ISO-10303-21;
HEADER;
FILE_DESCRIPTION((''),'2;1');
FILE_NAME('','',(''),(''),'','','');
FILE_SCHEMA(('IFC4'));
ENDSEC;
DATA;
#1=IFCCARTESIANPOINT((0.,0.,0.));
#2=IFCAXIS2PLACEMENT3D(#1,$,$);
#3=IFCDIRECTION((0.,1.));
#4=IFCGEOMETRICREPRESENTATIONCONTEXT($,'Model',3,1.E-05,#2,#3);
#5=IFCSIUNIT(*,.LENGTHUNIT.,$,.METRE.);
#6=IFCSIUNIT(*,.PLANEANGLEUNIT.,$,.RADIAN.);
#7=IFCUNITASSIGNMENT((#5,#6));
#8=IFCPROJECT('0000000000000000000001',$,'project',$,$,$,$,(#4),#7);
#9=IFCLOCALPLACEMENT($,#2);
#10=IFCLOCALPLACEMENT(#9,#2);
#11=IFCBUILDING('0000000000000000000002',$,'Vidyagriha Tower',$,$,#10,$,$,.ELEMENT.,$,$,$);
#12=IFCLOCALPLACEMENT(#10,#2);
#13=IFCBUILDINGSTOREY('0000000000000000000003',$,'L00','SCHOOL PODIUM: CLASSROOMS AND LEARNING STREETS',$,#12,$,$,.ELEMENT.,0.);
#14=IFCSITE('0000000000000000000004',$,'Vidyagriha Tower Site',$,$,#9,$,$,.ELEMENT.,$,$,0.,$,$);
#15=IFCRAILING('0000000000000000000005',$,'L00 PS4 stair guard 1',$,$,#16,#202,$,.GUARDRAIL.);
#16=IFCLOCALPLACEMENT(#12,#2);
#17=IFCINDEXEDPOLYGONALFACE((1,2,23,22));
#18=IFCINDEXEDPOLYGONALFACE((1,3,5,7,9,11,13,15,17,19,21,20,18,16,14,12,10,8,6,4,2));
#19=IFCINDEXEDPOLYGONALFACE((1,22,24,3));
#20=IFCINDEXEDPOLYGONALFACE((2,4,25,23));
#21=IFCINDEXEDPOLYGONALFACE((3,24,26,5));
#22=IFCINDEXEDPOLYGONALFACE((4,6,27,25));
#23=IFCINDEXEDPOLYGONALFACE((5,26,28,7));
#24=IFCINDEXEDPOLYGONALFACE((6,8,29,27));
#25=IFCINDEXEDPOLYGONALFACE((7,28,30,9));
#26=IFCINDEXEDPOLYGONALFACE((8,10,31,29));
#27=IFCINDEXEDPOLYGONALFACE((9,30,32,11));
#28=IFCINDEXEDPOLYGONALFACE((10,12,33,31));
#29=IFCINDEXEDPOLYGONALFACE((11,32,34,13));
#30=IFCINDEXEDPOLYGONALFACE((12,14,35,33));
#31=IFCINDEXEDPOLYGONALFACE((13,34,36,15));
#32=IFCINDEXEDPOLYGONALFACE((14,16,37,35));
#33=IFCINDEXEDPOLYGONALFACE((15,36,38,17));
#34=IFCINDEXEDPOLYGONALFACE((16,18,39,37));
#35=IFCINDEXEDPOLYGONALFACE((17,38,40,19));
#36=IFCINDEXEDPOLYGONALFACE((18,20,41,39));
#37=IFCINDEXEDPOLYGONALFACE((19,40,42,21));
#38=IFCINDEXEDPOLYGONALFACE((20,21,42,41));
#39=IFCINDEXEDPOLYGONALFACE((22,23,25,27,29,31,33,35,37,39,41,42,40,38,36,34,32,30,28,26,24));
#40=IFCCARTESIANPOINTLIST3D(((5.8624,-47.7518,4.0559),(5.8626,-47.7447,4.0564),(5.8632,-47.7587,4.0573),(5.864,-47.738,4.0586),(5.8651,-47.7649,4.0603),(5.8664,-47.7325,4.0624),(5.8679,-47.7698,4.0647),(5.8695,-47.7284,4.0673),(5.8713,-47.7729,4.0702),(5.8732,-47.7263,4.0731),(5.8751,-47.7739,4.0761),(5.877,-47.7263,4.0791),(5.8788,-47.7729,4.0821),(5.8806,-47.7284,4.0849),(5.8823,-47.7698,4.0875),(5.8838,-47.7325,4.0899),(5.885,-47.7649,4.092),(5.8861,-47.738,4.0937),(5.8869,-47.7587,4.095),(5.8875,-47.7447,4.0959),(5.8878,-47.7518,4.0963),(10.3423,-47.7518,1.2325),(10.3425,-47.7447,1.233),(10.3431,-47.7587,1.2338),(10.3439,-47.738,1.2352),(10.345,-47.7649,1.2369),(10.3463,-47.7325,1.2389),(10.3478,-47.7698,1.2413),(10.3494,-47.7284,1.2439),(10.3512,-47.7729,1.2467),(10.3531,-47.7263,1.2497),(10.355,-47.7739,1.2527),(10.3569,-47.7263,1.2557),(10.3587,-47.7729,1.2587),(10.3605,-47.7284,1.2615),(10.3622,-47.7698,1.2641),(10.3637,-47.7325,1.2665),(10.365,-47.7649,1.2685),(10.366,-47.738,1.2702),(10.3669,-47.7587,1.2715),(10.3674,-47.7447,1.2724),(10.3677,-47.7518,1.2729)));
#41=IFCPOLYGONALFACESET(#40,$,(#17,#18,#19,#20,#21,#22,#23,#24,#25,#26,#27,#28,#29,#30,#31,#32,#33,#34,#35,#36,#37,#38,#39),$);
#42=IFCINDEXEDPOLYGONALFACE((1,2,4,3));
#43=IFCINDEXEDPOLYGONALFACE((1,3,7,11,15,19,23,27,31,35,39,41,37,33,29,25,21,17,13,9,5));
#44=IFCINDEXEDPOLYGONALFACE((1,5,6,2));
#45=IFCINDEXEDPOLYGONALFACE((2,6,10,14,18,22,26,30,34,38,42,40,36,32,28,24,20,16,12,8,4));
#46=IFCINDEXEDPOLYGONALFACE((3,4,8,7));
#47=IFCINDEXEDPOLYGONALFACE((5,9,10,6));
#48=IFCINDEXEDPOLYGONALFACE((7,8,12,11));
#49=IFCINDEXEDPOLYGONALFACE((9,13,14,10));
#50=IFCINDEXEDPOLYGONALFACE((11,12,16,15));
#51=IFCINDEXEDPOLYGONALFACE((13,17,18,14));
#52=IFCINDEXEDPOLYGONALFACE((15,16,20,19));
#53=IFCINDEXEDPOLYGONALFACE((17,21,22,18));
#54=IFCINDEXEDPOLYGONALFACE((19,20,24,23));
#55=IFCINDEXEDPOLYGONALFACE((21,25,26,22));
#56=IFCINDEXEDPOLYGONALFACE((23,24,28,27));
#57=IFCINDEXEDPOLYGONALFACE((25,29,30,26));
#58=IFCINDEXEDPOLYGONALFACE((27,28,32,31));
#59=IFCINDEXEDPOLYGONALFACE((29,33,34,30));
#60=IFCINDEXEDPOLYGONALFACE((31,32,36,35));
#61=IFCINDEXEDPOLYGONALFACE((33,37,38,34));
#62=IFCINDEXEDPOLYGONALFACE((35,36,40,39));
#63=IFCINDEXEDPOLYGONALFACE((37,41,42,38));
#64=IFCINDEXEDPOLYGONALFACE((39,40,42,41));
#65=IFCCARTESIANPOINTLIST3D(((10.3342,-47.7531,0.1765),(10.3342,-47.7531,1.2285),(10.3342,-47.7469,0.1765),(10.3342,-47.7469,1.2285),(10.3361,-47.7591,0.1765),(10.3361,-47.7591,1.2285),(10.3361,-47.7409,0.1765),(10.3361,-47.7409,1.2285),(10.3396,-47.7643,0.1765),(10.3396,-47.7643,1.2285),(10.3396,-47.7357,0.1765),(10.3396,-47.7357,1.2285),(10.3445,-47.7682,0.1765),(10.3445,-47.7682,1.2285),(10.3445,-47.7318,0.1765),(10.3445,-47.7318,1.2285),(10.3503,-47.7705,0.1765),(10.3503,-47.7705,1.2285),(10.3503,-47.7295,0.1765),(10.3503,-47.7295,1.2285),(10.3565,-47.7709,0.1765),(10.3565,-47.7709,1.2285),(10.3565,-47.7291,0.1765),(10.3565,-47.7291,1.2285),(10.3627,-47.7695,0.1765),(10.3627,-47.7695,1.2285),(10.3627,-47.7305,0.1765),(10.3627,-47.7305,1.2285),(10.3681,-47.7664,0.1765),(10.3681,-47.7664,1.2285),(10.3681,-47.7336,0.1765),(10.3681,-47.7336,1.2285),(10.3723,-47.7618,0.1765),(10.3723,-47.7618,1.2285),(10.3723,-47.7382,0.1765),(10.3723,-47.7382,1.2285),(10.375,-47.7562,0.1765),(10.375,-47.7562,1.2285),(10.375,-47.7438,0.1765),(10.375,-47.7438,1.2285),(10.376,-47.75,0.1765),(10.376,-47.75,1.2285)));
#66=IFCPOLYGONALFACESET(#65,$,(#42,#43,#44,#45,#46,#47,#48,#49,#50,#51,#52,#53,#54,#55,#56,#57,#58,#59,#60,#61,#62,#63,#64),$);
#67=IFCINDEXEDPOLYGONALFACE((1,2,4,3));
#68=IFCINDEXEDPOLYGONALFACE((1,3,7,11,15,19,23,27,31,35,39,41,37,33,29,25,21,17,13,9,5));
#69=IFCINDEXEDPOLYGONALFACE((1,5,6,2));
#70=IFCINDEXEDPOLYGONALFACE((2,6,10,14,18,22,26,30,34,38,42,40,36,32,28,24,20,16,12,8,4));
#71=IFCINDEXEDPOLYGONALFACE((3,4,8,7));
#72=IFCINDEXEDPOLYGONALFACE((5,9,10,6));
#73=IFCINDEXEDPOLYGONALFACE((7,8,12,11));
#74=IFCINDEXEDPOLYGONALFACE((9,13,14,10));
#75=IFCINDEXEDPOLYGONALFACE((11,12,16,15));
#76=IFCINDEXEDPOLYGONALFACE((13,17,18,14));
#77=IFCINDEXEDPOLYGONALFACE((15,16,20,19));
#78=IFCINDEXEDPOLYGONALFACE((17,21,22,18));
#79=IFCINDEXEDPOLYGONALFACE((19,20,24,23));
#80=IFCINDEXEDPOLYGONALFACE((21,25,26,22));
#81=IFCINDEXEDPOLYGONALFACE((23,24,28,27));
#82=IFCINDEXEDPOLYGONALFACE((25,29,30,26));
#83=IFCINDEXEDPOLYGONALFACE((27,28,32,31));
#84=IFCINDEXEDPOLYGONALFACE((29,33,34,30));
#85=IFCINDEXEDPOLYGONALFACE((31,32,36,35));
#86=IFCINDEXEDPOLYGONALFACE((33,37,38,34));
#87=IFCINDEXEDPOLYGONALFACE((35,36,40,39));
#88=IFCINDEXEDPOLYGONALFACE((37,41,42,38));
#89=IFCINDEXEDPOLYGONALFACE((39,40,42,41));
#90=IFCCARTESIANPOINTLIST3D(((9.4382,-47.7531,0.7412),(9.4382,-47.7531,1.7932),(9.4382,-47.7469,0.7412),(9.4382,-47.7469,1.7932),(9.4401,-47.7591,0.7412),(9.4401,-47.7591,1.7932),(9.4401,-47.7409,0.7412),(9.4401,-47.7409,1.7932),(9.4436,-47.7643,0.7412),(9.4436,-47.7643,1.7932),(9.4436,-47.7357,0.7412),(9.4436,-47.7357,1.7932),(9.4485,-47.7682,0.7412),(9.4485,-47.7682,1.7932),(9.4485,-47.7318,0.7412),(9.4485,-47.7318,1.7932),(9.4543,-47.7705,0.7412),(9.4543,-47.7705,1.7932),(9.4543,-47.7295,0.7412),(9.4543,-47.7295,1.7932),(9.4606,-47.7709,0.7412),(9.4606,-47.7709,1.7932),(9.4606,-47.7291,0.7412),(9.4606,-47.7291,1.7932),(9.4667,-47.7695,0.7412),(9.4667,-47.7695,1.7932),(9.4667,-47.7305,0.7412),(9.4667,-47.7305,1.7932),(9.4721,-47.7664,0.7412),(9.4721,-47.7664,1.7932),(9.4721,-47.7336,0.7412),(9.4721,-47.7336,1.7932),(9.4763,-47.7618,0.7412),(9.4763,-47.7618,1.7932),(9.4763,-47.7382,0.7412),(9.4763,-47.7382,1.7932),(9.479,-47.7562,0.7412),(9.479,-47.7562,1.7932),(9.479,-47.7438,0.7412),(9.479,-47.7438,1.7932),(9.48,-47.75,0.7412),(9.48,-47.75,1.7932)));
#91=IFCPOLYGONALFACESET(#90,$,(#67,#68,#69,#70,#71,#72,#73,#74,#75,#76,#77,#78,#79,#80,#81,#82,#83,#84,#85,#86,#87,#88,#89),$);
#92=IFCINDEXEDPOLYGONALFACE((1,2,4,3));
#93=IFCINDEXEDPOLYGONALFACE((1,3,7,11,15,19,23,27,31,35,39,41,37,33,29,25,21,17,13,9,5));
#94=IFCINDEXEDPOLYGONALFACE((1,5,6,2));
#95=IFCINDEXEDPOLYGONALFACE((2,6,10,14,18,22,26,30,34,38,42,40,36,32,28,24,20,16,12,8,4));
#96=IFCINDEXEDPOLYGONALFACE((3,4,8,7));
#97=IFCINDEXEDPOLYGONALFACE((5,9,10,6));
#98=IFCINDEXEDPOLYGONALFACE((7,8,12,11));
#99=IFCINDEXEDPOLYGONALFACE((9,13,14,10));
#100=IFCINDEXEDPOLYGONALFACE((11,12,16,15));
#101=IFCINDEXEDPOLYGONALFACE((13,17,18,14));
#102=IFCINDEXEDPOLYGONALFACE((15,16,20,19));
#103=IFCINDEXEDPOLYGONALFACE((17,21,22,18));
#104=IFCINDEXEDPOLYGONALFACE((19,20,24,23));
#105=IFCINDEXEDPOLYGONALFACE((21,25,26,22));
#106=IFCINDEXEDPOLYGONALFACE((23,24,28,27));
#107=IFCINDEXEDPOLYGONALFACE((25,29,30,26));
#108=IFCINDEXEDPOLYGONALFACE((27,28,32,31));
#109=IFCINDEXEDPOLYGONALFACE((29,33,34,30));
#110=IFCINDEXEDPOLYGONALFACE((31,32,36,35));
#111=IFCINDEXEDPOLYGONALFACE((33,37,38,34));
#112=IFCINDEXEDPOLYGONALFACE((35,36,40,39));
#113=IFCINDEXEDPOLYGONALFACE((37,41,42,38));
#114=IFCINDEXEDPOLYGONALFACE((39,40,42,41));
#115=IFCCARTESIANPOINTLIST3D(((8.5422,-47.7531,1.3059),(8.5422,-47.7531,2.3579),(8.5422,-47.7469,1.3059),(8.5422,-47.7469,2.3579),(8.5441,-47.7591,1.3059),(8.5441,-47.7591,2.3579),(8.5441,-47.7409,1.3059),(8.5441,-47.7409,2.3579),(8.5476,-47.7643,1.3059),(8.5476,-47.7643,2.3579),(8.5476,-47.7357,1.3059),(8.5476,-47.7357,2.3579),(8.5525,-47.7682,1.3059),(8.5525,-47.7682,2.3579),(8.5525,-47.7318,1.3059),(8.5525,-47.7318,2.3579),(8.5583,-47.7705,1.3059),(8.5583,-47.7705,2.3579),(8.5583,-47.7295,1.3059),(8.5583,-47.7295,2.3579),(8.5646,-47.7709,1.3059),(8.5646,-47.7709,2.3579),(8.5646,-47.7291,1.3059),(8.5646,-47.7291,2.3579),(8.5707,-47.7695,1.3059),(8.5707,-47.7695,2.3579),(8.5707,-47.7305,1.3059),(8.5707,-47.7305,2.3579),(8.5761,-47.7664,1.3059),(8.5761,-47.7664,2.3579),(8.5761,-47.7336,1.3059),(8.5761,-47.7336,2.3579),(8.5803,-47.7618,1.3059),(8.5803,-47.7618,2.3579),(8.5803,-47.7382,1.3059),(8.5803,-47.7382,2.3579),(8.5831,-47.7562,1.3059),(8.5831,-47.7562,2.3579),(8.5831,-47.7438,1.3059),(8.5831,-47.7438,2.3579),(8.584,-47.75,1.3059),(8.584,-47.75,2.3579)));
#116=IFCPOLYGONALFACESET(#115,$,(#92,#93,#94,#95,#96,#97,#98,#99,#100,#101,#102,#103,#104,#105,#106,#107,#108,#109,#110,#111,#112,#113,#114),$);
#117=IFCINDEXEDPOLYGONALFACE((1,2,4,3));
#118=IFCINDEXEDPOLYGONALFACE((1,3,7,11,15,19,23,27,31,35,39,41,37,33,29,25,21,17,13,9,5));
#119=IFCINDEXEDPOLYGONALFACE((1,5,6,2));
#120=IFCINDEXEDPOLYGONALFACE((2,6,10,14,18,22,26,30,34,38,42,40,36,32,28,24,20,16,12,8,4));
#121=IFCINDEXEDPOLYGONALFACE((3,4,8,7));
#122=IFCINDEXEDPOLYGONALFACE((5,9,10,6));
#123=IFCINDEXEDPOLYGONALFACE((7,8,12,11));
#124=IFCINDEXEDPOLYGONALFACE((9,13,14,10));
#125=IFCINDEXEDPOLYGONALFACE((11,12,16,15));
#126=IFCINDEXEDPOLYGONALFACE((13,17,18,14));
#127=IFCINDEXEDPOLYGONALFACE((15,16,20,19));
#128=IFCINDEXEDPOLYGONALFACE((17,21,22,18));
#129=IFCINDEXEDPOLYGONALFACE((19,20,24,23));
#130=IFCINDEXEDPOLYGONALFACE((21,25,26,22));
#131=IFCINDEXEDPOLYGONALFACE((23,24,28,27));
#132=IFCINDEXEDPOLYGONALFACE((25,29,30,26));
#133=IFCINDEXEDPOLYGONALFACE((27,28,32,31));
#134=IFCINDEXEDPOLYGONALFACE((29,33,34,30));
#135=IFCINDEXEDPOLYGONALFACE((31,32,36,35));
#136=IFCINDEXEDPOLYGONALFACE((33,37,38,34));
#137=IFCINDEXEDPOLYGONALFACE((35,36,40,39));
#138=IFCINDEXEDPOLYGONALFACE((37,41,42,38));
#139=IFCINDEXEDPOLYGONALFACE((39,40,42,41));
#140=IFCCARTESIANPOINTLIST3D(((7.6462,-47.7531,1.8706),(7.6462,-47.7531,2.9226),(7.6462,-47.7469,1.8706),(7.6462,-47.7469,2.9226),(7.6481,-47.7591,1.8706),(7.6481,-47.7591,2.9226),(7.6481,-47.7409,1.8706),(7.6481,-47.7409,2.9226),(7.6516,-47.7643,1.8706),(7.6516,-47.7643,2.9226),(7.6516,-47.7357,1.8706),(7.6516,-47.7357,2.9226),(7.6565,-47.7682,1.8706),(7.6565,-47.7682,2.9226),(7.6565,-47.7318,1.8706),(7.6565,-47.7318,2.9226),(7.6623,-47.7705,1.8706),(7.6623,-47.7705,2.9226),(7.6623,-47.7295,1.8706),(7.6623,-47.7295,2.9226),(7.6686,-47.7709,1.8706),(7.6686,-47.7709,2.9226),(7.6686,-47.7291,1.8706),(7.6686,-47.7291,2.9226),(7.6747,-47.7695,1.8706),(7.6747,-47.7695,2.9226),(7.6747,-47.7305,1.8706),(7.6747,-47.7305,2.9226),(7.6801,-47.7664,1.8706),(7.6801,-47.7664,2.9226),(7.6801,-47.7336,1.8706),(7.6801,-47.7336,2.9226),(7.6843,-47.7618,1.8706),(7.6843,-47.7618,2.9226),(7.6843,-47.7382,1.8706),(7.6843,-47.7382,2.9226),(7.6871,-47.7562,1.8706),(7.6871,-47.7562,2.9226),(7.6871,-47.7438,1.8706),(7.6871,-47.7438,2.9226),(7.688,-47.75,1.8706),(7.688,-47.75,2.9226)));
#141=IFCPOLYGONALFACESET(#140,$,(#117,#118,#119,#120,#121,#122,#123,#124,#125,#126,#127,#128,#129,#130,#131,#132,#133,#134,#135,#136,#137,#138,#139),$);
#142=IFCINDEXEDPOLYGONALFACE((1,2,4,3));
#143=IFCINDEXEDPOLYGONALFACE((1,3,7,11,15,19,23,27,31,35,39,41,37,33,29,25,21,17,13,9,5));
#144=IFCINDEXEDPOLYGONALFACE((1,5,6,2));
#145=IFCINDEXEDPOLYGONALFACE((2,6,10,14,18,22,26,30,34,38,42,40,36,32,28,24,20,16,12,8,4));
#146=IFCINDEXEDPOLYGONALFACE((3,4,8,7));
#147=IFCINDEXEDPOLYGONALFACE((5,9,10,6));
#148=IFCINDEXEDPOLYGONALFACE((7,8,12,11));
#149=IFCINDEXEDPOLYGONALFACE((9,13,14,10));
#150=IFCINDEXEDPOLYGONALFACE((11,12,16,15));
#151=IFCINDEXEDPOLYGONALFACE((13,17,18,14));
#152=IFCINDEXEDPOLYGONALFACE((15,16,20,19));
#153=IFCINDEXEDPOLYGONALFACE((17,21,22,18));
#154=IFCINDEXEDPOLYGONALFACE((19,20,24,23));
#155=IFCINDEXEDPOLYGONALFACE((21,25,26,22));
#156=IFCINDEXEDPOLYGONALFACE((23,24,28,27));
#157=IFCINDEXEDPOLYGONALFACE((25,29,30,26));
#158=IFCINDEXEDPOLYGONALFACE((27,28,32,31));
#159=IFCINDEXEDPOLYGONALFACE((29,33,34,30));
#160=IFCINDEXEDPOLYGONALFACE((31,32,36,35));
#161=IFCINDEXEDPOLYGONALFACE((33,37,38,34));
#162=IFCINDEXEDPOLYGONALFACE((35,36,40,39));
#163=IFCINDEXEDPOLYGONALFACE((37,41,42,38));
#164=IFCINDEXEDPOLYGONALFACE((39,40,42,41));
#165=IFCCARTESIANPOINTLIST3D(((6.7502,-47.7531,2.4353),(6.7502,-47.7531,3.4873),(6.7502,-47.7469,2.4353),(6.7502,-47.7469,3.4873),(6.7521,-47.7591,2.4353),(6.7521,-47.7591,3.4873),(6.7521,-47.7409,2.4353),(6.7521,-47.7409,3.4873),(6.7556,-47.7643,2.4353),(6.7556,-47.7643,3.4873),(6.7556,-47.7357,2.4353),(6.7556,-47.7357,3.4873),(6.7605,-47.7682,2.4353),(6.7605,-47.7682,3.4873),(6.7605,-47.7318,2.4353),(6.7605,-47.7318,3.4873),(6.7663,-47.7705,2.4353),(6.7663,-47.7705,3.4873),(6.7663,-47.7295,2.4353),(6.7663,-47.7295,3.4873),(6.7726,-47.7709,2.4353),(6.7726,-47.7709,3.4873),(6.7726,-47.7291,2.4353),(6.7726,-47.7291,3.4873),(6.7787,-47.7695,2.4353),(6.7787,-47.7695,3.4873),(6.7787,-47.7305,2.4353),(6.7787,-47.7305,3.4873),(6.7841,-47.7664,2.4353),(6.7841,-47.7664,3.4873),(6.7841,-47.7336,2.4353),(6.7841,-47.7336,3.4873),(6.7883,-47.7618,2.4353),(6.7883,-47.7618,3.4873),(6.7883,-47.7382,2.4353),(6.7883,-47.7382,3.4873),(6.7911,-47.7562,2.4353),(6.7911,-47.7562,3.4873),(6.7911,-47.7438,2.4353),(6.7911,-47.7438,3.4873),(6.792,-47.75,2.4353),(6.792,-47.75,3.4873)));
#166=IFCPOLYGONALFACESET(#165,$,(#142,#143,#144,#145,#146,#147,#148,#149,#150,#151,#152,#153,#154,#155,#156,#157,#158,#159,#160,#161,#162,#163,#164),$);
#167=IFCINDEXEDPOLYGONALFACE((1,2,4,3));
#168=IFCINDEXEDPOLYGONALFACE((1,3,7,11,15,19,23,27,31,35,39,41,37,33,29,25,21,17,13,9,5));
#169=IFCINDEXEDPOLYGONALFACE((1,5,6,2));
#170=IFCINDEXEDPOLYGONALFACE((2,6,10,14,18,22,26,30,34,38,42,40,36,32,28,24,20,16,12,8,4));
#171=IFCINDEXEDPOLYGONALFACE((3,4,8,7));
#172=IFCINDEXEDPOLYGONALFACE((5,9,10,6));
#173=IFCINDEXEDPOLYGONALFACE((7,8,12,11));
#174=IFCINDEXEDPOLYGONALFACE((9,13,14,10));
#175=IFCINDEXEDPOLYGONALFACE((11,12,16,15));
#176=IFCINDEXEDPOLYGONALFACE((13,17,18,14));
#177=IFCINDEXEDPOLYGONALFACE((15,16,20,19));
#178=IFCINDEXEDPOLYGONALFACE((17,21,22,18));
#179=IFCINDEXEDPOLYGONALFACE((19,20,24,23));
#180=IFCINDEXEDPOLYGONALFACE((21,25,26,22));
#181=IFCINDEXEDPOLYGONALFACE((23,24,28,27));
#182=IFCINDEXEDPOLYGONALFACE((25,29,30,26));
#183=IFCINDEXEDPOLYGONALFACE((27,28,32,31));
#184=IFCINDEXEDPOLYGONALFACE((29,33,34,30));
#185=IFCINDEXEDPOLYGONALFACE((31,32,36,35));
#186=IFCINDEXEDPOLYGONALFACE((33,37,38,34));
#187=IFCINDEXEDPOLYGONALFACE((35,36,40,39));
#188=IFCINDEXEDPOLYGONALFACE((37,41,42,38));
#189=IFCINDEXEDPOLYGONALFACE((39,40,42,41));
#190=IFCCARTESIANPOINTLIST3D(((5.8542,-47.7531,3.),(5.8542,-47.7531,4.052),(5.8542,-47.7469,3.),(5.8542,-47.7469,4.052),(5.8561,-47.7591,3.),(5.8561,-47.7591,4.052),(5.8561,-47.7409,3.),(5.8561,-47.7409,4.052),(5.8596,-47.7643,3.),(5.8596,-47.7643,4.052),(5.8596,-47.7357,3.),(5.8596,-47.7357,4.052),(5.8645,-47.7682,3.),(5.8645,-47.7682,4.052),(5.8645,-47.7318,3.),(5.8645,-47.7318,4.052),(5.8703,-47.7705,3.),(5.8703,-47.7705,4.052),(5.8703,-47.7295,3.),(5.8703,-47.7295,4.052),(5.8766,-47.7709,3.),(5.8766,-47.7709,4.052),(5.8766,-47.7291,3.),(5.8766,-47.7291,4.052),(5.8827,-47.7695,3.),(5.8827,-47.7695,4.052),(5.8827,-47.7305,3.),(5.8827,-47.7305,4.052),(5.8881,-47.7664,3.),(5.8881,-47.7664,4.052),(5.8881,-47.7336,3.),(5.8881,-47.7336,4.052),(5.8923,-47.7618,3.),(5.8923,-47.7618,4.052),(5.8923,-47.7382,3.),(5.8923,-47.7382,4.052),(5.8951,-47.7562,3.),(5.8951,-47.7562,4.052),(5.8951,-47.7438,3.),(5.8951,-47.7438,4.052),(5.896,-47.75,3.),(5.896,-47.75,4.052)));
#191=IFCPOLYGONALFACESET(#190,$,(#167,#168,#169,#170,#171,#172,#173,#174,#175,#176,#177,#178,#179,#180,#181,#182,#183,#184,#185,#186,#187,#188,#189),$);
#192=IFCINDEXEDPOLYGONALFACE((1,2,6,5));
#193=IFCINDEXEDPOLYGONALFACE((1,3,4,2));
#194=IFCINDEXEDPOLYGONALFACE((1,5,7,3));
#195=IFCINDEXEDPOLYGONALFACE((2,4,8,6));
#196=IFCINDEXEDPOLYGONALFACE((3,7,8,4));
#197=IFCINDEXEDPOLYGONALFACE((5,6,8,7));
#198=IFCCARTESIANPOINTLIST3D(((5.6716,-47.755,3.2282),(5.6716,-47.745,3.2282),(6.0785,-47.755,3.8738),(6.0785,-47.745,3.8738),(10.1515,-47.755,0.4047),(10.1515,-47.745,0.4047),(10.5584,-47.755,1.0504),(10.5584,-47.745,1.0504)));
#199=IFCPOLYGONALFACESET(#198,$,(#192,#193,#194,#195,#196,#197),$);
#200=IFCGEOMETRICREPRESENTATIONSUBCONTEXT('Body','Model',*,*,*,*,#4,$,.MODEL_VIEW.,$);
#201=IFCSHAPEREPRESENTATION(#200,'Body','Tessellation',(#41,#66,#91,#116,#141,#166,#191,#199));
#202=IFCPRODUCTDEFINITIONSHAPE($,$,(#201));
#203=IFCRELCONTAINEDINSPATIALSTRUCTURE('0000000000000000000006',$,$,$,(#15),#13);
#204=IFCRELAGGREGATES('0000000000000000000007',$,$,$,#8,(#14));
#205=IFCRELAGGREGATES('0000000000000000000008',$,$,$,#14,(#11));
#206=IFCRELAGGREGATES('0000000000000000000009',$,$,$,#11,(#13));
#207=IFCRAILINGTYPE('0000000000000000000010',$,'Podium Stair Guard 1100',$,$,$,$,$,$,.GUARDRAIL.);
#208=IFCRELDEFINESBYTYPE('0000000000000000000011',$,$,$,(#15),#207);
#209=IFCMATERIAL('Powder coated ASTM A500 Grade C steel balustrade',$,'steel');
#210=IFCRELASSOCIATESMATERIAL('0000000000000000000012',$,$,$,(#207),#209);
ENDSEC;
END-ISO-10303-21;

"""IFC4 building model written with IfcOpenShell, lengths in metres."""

from ifc_helpers import new_model, si_unit, direction, frame, origin, origin_2d, place, context, subcontext, project, spatial, rectangle, circle, extrude, material, type_object, element, save


model = new_model("IFC4")

# Units and contexts
model_context = context("Model", 3, precision=1e-05, world=origin(), true_north=direction((0.0, 1.0)))
body_context = subcontext(model_context, "Body", "Model", "MODEL_VIEW")
ifc_project = project(units=[si_unit("LENGTHUNIT", "METRE"), si_unit("PLANEANGLEUNIT", "RADIAN")], contexts=[model_context])

# Site, building, storey
site_placement = place(None, origin())
site = spatial("IfcSite", under=ifc_project, at=site_placement, Name="Vidyagriha Tower Site", CompositionType="ELEMENT", RefElevation=0.0)
building_placement = place(site_placement, origin())
building = spatial("IfcBuilding", under=site, at=building_placement, Name="Vidyagriha Tower", CompositionType="ELEMENT")
storey_placement = place(building_placement, origin())
storey = spatial("IfcBuildingStorey", under=building, at=storey_placement, Name="L00", Description="SCHOOL PODIUM: CLASSROOMS AND LEARNING STREETS", CompositionType="ELEMENT", Elevation=0.0)

# Railing
ifc_material_1 = material(Name="Powder coated ASTM A500 Grade C steel balustrade", Category="steel")
railing_type_1 = type_object("IfcRailingType", Name="Podium Stair Guard 1100", PredefinedType="GUARDRAIL", material=ifc_material_1)
railing_1_placement = place(storey_placement, frame((10.355, -47.75, 0.1765)))
element("IfcRailing", 1, at=railing_1_placement, inside=storey, type_object=railing_type_1, Name="L00 PS4 stair guard 1", PredefinedType="GUARDRAIL", context=body_context, shape_type="SweptSolid", body=[
    extrude(circle(Radius=0.0239, at=origin_2d()), frame((0.0, 0.0, 1.0762), z_axis=(-0.845998, 0.0, 0.533186), x_axis=(0.0, -1.0, 0.0)), (0.0, 0.0, 1.0), 5.2954),
    extrude(circle(Radius=0.021, at=origin_2d()), origin(), (0.0, 0.0, 1.0), 1.052),
    extrude(circle(Radius=0.021, at=origin_2d()), frame((-0.896, 0.0, 0.5647)), (0.0, 0.0, 1.0), 1.052),
    extrude(circle(Radius=0.021, at=origin_2d()), frame((-1.792, 0.0, 1.1294)), (0.0, 0.0, 1.0), 1.052),
    extrude(circle(Radius=0.021, at=origin_2d()), frame((-2.688, 0.0, 1.6941)), (0.0, 0.0, 1.0), 1.052),
    extrude(circle(Radius=0.021, at=origin_2d()), frame((-3.584, 0.0, 2.2588)), (0.0, 0.0, 1.0), 1.052),
    extrude(circle(Radius=0.021, at=origin_2d()), frame((-4.48, 0.0, 2.8235)), (0.0, 0.0, 1.0), 1.052),
    extrude(rectangle(XDim=0.01, YDim=0.7632, at=origin_2d()), frame((0.0, 0.0, 0.551), z_axis=(-0.845998, 0.0, 0.533186), x_axis=(0.0, -1.0, 0.0)), (0.0, 0.0, 1.0), 5.2954),
])

save(model, "model.ifc")
